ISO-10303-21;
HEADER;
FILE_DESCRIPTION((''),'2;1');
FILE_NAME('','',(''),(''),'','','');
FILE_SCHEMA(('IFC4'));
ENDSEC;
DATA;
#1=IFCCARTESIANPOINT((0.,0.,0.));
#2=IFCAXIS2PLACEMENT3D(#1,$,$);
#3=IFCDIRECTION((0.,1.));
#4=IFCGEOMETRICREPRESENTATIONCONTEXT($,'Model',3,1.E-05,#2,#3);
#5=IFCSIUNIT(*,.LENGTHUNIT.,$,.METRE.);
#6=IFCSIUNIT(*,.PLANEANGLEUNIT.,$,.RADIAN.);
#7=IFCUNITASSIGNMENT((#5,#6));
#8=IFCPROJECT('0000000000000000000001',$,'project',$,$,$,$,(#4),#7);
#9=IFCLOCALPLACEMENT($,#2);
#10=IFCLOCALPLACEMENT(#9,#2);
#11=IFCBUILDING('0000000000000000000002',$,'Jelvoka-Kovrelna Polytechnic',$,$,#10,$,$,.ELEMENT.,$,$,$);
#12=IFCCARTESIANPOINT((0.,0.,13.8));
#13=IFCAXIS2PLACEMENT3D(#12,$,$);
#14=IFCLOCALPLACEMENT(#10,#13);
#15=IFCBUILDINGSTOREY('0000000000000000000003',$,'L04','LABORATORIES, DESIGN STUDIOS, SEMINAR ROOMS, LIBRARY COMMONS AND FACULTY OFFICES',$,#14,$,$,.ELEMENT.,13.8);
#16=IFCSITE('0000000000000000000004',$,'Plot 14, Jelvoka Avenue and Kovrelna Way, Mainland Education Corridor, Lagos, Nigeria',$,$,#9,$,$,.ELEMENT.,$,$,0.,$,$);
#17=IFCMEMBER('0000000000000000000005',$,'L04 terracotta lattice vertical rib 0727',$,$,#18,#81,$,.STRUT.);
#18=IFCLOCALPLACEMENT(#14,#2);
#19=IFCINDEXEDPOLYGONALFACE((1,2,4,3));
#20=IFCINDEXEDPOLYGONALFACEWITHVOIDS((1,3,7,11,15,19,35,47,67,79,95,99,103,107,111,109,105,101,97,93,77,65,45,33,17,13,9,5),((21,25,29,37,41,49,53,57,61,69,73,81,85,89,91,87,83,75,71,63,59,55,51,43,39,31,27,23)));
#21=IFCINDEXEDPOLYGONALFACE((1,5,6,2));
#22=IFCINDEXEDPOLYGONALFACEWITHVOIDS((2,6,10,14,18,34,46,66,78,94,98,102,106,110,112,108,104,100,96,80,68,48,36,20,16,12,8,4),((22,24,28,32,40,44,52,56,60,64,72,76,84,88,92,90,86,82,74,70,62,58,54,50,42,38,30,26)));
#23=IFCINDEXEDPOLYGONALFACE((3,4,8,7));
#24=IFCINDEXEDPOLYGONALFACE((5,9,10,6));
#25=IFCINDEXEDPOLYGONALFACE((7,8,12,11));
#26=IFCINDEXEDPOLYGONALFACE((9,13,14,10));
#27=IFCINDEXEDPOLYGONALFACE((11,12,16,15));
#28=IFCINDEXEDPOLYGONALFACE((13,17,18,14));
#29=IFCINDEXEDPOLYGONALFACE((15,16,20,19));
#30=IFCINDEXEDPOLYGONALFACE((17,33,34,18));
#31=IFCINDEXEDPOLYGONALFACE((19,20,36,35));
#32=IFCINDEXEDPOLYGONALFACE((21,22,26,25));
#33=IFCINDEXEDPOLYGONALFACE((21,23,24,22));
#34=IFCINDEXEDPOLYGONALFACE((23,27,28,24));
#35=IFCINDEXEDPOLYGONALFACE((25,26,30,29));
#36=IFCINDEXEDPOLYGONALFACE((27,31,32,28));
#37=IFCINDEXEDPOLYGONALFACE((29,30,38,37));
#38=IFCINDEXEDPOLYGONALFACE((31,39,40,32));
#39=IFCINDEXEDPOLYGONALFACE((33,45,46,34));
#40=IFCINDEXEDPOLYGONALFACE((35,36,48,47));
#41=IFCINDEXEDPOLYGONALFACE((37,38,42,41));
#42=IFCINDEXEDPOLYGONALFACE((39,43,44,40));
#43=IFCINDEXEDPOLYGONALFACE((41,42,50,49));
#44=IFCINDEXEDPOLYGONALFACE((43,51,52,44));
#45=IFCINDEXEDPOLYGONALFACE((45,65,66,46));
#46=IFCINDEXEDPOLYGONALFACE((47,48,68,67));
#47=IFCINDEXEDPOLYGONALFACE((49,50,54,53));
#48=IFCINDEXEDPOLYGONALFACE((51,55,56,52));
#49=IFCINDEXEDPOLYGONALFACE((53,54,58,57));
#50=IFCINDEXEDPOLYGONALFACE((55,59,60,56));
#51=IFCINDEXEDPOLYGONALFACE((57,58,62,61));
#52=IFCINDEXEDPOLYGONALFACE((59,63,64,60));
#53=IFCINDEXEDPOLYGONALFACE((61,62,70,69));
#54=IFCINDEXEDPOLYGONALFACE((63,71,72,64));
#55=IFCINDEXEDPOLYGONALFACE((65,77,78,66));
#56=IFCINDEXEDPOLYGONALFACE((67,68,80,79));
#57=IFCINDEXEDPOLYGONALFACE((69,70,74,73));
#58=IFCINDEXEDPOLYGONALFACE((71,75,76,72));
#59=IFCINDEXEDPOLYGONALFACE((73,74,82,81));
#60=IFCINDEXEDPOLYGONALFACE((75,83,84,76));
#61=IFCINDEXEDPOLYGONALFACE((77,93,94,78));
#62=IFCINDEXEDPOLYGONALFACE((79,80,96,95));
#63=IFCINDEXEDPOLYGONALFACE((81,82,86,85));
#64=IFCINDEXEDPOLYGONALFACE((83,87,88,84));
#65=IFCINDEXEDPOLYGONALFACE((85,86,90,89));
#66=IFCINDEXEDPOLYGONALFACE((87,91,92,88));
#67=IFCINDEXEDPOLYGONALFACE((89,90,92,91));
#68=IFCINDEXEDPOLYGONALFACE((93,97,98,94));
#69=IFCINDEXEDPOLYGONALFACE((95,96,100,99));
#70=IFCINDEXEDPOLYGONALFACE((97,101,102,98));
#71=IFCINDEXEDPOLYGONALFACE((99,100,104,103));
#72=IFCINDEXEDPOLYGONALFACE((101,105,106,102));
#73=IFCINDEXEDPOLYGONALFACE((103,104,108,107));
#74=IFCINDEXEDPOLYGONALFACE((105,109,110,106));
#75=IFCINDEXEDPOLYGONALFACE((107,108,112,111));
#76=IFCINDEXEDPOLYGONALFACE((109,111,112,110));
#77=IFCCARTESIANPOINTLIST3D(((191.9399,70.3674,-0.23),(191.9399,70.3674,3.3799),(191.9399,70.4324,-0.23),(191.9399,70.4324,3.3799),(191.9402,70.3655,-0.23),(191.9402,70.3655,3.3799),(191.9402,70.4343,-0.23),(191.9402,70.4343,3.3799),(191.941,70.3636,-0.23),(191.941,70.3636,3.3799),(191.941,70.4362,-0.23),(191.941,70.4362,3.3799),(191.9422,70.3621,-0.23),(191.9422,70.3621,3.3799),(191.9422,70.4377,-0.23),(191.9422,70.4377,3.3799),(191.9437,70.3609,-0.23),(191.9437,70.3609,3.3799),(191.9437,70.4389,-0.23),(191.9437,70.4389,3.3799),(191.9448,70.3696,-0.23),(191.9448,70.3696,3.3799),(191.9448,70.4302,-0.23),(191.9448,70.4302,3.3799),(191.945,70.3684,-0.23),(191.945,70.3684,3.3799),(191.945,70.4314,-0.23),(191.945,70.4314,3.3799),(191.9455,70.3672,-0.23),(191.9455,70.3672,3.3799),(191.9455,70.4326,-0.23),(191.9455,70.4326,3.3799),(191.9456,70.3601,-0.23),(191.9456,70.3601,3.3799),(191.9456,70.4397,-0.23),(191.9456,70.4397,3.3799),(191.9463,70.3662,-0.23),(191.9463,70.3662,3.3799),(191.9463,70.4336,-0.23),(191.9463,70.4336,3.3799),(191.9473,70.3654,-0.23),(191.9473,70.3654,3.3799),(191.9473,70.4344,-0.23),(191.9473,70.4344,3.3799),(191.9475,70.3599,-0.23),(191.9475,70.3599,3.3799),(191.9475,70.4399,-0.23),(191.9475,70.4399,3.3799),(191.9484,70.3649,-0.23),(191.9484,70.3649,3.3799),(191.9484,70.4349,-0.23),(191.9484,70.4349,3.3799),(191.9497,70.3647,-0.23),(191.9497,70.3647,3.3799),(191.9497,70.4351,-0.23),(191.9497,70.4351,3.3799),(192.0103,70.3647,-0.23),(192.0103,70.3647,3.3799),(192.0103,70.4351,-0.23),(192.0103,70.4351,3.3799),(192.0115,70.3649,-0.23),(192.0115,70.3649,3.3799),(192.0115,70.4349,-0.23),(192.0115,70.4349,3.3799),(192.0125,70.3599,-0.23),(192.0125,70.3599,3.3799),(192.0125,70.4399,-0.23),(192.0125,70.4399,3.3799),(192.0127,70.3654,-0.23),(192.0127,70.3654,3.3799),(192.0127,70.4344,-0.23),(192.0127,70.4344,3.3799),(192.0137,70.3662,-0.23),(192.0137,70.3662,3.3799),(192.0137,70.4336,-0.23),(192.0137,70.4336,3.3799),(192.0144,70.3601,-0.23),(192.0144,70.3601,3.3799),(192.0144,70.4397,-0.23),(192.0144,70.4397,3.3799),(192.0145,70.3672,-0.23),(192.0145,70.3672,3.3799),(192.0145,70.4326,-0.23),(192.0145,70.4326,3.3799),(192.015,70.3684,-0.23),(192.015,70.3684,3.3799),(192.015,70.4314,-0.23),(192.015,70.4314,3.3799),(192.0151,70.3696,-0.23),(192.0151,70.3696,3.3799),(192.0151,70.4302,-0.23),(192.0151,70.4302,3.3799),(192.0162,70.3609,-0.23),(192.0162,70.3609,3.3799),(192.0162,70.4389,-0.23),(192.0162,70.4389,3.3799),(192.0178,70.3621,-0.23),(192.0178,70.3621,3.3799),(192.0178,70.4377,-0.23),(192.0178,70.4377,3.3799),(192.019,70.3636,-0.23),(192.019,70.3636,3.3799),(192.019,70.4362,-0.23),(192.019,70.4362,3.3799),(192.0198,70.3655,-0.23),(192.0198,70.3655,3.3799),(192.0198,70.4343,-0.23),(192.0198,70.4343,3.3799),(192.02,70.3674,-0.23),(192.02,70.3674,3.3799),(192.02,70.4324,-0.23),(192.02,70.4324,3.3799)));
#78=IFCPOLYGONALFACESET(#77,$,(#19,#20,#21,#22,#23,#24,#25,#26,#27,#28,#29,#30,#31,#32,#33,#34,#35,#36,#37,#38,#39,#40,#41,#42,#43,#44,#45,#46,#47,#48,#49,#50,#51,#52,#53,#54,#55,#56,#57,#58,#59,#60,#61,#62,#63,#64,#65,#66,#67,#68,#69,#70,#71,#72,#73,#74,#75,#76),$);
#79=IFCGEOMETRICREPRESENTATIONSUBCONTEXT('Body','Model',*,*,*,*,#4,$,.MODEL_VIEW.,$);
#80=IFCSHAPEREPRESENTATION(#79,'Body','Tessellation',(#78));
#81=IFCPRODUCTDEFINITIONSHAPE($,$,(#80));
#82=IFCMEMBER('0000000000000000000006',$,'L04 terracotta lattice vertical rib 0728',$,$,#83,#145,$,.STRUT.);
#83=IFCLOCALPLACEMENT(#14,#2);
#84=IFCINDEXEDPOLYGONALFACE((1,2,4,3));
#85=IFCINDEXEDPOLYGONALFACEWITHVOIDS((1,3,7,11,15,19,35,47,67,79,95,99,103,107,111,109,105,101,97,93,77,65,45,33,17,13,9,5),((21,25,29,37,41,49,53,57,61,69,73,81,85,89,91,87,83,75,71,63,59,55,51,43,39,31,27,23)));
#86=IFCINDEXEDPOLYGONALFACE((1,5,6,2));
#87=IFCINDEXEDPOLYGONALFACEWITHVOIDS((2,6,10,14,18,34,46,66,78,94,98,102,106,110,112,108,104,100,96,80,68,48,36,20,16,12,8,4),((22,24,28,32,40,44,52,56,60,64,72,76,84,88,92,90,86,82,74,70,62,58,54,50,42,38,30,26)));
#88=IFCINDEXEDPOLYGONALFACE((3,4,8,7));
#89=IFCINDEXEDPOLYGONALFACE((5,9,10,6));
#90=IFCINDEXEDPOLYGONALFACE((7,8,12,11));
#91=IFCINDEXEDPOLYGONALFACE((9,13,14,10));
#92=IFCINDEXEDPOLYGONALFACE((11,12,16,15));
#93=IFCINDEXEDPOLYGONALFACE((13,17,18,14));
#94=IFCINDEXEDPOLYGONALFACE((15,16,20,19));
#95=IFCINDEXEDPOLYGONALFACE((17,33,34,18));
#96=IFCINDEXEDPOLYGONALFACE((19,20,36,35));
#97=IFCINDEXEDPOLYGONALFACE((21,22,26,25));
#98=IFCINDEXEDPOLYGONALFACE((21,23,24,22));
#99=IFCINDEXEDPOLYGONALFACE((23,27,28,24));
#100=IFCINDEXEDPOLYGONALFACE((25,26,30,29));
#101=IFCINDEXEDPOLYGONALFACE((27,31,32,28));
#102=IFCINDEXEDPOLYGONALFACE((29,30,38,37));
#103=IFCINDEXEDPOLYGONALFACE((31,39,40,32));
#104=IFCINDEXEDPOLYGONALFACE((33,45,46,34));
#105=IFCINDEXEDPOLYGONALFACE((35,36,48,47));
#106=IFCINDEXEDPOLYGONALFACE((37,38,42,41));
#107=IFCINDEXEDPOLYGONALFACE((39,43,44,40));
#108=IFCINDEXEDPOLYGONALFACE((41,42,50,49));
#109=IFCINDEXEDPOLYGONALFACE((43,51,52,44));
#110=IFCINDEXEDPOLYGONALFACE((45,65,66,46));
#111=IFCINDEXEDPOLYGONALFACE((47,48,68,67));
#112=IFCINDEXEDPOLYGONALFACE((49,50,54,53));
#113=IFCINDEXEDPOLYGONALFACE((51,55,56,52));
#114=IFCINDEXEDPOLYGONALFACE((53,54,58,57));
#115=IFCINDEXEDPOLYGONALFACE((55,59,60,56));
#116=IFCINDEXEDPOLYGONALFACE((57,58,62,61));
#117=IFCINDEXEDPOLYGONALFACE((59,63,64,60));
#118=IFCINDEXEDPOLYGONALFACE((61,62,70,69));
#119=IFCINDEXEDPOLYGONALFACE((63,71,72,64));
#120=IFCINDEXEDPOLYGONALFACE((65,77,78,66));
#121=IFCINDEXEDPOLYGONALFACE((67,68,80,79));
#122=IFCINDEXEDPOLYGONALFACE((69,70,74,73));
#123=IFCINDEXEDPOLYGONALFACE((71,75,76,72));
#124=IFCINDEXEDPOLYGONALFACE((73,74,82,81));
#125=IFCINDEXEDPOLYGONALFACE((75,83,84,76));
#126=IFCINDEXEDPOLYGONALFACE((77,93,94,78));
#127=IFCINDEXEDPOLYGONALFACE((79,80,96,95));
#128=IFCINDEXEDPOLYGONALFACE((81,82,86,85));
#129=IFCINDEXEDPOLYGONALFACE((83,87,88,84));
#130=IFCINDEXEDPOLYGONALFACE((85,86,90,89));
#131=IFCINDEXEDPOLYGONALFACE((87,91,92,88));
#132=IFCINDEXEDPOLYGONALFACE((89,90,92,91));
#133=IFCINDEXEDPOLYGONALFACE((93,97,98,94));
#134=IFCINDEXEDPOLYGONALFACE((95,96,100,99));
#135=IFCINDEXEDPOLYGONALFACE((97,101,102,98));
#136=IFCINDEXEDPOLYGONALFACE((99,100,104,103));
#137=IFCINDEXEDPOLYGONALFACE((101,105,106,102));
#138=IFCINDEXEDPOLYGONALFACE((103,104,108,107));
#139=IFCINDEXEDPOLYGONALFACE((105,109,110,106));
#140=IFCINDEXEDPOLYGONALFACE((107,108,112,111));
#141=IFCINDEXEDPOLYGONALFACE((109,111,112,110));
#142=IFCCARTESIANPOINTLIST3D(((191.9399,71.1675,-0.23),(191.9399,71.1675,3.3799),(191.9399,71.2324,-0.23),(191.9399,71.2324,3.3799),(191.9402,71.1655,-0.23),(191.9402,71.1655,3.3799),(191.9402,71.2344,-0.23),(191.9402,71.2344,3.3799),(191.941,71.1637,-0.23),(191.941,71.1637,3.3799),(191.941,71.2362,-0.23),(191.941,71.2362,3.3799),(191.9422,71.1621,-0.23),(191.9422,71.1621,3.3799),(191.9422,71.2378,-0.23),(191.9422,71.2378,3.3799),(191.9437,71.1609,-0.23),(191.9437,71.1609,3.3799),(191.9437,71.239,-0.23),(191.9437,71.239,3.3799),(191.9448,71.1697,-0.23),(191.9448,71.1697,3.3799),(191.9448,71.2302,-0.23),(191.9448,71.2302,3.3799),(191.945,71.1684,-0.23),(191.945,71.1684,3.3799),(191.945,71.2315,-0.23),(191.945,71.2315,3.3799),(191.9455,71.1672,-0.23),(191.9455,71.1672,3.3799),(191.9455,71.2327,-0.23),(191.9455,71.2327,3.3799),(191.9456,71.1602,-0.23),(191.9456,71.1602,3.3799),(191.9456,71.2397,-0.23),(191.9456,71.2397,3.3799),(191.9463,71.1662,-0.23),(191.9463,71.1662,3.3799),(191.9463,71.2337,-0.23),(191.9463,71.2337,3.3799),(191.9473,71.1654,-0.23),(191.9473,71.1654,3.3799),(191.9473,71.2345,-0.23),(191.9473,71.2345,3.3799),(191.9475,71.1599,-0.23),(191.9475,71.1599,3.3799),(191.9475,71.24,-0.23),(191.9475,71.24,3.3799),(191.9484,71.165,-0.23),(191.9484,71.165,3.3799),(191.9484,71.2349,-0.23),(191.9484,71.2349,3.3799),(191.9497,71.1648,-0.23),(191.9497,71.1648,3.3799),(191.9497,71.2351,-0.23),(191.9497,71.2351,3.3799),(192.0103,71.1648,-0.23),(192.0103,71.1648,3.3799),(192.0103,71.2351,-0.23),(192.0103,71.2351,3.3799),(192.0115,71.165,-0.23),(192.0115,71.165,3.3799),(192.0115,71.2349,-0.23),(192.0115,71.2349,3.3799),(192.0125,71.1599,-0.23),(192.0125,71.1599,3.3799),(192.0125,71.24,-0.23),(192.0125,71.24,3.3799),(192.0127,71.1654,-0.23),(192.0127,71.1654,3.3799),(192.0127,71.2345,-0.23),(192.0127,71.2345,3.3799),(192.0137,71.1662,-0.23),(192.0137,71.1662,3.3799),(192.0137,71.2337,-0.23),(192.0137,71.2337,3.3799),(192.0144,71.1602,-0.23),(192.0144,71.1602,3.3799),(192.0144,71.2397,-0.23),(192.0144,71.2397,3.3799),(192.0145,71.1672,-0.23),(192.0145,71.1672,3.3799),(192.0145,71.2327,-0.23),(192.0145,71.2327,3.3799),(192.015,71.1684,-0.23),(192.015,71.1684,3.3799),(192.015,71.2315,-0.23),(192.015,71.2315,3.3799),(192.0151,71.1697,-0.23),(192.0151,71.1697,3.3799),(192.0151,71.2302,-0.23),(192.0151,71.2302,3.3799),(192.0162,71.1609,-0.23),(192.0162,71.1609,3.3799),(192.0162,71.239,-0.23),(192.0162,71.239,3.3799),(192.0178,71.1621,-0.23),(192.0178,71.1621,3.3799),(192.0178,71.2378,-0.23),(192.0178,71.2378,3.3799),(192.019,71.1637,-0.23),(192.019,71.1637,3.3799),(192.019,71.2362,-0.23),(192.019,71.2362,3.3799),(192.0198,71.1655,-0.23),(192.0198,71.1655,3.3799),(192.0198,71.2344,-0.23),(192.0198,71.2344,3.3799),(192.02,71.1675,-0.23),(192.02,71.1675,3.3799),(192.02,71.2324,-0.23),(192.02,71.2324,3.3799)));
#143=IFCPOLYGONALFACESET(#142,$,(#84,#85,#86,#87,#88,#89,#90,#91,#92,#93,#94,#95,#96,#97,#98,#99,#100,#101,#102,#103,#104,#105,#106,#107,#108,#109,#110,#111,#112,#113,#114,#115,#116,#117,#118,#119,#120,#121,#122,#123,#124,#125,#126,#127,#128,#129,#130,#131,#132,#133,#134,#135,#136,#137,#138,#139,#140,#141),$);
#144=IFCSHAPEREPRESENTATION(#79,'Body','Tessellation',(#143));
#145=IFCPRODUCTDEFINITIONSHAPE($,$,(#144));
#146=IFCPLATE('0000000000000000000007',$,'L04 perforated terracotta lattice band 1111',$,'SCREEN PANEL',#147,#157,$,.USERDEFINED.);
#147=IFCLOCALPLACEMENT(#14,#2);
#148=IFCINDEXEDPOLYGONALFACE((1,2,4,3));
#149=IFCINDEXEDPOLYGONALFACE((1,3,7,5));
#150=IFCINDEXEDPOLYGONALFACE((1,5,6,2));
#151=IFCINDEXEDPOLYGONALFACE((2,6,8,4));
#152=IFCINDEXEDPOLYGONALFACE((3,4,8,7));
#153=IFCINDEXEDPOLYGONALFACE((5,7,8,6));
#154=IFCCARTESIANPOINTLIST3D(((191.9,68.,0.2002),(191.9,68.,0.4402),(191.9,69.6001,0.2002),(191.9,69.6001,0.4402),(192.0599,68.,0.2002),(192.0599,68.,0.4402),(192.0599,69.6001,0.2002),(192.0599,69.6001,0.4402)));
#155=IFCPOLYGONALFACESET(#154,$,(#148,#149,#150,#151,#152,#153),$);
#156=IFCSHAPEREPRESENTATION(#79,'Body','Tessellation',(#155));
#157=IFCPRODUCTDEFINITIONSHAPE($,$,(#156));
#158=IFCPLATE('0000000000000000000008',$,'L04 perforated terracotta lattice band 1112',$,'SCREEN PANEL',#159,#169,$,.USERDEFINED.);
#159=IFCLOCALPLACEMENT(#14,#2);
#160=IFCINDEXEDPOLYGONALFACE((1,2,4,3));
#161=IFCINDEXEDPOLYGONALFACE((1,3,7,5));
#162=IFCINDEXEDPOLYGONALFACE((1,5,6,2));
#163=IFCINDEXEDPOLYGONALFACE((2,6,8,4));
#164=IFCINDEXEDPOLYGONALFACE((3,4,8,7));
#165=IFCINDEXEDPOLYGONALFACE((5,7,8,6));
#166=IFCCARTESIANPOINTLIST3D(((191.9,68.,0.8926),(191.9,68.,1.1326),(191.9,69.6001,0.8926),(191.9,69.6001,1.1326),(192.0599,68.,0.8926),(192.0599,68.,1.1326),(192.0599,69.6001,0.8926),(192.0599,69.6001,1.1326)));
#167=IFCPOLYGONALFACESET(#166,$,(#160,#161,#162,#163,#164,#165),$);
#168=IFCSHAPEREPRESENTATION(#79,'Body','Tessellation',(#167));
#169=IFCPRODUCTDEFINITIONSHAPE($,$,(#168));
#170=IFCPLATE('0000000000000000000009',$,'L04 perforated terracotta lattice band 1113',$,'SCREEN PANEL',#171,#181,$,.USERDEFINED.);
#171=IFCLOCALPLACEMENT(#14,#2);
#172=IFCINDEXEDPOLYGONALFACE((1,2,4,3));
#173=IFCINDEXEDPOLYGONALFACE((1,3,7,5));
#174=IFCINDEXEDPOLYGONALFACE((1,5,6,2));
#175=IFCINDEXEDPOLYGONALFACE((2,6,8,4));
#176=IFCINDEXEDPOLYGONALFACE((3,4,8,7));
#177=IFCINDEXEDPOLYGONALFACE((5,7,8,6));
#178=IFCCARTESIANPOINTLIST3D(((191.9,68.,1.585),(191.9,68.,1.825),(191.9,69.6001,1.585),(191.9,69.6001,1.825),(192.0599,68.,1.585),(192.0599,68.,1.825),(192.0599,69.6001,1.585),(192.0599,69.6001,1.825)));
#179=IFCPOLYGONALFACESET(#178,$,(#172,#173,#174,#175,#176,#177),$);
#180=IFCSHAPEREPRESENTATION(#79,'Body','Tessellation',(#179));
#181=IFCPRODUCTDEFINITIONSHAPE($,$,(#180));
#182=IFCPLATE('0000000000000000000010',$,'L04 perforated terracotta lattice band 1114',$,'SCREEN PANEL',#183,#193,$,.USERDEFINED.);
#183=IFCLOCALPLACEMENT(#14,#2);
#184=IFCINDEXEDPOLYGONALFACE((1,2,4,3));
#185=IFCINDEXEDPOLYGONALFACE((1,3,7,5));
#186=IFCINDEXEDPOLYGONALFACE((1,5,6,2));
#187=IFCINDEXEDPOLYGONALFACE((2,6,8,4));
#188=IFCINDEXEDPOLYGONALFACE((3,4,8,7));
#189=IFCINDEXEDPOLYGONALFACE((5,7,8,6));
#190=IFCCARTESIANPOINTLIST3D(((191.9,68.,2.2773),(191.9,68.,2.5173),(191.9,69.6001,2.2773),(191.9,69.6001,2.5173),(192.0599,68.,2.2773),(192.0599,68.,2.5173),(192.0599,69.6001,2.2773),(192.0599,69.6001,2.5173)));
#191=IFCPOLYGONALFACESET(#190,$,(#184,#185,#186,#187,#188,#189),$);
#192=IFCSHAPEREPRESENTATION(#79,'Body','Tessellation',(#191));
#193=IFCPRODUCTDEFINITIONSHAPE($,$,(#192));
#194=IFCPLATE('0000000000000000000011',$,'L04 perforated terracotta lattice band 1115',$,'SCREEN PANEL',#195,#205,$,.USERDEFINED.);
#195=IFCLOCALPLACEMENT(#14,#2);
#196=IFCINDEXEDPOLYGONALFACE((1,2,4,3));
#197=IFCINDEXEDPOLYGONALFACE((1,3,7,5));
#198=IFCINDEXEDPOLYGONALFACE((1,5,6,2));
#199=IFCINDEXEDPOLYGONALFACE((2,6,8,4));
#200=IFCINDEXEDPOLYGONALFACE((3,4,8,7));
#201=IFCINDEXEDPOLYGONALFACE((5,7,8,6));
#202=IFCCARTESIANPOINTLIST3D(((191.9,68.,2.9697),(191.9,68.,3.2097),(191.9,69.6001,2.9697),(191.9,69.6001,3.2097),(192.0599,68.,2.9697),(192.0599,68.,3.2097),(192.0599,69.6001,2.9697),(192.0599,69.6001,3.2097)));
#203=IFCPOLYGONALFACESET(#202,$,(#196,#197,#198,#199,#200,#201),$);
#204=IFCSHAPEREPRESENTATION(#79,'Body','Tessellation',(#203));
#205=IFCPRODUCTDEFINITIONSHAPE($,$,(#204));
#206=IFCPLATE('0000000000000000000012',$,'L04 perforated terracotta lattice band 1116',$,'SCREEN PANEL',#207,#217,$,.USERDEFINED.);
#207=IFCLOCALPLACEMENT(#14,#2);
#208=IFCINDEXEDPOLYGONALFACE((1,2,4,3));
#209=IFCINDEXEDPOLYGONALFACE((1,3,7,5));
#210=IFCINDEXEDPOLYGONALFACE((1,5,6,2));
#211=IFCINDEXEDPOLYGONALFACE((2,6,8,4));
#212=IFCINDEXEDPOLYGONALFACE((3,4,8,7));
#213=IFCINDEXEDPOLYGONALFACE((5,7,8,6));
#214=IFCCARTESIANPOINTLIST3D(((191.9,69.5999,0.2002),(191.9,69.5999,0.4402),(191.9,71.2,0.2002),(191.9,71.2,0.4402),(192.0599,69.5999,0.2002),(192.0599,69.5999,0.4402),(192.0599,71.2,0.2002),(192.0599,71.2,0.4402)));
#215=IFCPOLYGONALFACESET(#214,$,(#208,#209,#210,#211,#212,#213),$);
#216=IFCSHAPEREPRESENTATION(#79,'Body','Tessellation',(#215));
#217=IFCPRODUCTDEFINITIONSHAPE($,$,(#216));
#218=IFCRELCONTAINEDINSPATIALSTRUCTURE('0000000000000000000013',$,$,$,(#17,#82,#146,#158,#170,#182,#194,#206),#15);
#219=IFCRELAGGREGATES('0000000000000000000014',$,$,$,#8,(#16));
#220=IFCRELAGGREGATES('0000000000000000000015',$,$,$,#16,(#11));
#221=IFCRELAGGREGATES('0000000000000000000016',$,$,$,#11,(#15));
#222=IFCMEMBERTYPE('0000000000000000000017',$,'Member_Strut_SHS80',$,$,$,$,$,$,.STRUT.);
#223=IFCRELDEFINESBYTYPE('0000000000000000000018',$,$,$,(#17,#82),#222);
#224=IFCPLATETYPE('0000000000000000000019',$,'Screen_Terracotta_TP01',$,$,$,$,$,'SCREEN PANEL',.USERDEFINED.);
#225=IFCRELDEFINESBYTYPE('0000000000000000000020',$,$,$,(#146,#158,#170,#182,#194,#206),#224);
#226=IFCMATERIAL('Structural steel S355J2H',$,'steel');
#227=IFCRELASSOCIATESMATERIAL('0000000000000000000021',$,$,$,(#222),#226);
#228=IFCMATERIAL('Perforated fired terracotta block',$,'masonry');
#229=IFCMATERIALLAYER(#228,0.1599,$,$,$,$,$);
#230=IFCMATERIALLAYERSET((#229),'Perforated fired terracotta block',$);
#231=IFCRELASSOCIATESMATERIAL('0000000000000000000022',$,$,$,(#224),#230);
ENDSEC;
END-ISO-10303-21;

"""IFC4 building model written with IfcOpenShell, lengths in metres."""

from ifc_helpers import new_model, si_unit, direction, frame, origin, origin_2d, place, context, subcontext, project, spatial, rectangle, hollow_rectangle, extrude, material, layer, layer_set, material_profile, profile_set, type_object, element, save


model = new_model("IFC4")

# Units and contexts
model_context = context("Model", 3, precision=1e-05, world=origin(), true_north=direction((0.0, 1.0)))
body_context = subcontext(model_context, "Body", "Model", "MODEL_VIEW")
ifc_project = project(units=[si_unit("LENGTHUNIT", "METRE"), si_unit("PLANEANGLEUNIT", "RADIAN")], contexts=[model_context])

# Site, building, storey
site_placement = place(None, origin())
site = spatial("IfcSite", under=ifc_project, at=site_placement, Name="Plot 14, Jelvoka Avenue and Kovrelna Way, Mainland Education Corridor, Lagos, Nigeria", CompositionType="ELEMENT", RefElevation=0.0)
building_placement = place(site_placement, origin())
building = spatial("IfcBuilding", under=site, at=building_placement, Name="Jelvoka-Kovrelna Polytechnic", CompositionType="ELEMENT")
storey_placement = place(building_placement, frame((0.0, 0.0, 13.8)))
storey = spatial("IfcBuildingStorey", under=building, at=storey_placement, Name="L04", Description="LABORATORIES, DESIGN STUDIOS, SEMINAR ROOMS, LIBRARY COMMONS AND FACULTY OFFICES", CompositionType="ELEMENT", Elevation=13.8)

# Members
ifc_material_1 = material(Name="Structural steel S355J2H", Category="steel")
ifc_material_profile_1 = material_profile(ifc_material_1, hollow_rectangle(XDim=0.0801, YDim=0.0801, WallThickness=0.0049, InnerFilletRadius=0.0049, OuterFilletRadius=0.0076, at=origin_2d()), Name="80x80x5.0 SHS")
ifc_profile_set_1 = profile_set([ifc_material_profile_1], Name="Structural steel S355J2H")
member_type = type_object("IfcMemberType", Name="Member_Strut_SHS80", PredefinedType="STRUT", material=ifc_profile_set_1)
for number, where, z_axis, x_axis, name in (
    (1, (191.98, 70.3999, -0.23), (0.0, 0.0, 1.0), (1.0, 0.0, 0.0), "L04 terracotta lattice vertical rib 0727"),
    (2, (191.98, 71.2, -0.23), (0.0, 0.0, 1.0), (1.0, 0.0, 0.0), "L04 terracotta lattice vertical rib 0728"),
):
    element("IfcMember", number, at=place(storey_placement, frame(where, z_axis=z_axis, x_axis=x_axis)), inside=storey, type_object=member_type, Name=name, PredefinedType="STRUT", context=body_context, shape_type="SweptSolid", body=[
        extrude(hollow_rectangle(XDim=0.0801, YDim=0.0801, WallThickness=0.0049, InnerFilletRadius=0.0049, OuterFilletRadius=0.0076, at=origin_2d()), origin(), (0.0, 0.0, 1.0), 3.6099),
    ])

# Plates
ifc_material_2 = material(Name="Perforated fired terracotta block", Category="masonry")
ifc_layer_1 = layer(ifc_material_2, 0.1599)
ifc_layer_set_1 = layer_set([ifc_layer_1], Name="Perforated fired terracotta block")
plate_type = type_object("IfcPlateType", Name="Screen_Terracotta_TP01", ElementType="SCREEN PANEL", PredefinedType="USERDEFINED", material=ifc_layer_set_1)
for number, where, z_axis, x_axis, name in (
    (3, (191.98, 68.8, 0.2002), (0.0, 0.0, 1.0), (0.0, 1.0, 0.0), "L04 perforated terracotta lattice band 1111"),
    (4, (191.98, 68.8, 0.8926), (0.0, 0.0, 1.0), (0.0, 1.0, 0.0), "L04 perforated terracotta lattice band 1112"),
    (5, (191.98, 68.8, 1.585), (0.0, 0.0, 1.0), (0.0, 1.0, 0.0), "L04 perforated terracotta lattice band 1113"),
    (6, (191.98, 68.8, 2.2773), (0.0, 0.0, 1.0), (0.0, 1.0, 0.0), "L04 perforated terracotta lattice band 1114"),
    (7, (191.98, 68.8, 2.9697), (0.0, 0.0, 1.0), (0.0, 1.0, 0.0), "L04 perforated terracotta lattice band 1115"),
    (8, (191.98, 70.3999, 0.2002), (0.0, 0.0, 1.0), (0.0, 1.0, 0.0), "L04 perforated terracotta lattice band 1116"),
):
    element("IfcPlate", number, at=place(storey_placement, frame(where, z_axis=z_axis, x_axis=x_axis)), inside=storey, type_object=plate_type, Name=name, ObjectType="SCREEN PANEL", PredefinedType="USERDEFINED", context=body_context, shape_type="SweptSolid", body=[
        extrude(rectangle(XDim=1.6001, YDim=0.1599, at=origin_2d()), origin(), (0.0, 0.0, 1.0), 0.24),
    ])

save(model, "model.ifc")
